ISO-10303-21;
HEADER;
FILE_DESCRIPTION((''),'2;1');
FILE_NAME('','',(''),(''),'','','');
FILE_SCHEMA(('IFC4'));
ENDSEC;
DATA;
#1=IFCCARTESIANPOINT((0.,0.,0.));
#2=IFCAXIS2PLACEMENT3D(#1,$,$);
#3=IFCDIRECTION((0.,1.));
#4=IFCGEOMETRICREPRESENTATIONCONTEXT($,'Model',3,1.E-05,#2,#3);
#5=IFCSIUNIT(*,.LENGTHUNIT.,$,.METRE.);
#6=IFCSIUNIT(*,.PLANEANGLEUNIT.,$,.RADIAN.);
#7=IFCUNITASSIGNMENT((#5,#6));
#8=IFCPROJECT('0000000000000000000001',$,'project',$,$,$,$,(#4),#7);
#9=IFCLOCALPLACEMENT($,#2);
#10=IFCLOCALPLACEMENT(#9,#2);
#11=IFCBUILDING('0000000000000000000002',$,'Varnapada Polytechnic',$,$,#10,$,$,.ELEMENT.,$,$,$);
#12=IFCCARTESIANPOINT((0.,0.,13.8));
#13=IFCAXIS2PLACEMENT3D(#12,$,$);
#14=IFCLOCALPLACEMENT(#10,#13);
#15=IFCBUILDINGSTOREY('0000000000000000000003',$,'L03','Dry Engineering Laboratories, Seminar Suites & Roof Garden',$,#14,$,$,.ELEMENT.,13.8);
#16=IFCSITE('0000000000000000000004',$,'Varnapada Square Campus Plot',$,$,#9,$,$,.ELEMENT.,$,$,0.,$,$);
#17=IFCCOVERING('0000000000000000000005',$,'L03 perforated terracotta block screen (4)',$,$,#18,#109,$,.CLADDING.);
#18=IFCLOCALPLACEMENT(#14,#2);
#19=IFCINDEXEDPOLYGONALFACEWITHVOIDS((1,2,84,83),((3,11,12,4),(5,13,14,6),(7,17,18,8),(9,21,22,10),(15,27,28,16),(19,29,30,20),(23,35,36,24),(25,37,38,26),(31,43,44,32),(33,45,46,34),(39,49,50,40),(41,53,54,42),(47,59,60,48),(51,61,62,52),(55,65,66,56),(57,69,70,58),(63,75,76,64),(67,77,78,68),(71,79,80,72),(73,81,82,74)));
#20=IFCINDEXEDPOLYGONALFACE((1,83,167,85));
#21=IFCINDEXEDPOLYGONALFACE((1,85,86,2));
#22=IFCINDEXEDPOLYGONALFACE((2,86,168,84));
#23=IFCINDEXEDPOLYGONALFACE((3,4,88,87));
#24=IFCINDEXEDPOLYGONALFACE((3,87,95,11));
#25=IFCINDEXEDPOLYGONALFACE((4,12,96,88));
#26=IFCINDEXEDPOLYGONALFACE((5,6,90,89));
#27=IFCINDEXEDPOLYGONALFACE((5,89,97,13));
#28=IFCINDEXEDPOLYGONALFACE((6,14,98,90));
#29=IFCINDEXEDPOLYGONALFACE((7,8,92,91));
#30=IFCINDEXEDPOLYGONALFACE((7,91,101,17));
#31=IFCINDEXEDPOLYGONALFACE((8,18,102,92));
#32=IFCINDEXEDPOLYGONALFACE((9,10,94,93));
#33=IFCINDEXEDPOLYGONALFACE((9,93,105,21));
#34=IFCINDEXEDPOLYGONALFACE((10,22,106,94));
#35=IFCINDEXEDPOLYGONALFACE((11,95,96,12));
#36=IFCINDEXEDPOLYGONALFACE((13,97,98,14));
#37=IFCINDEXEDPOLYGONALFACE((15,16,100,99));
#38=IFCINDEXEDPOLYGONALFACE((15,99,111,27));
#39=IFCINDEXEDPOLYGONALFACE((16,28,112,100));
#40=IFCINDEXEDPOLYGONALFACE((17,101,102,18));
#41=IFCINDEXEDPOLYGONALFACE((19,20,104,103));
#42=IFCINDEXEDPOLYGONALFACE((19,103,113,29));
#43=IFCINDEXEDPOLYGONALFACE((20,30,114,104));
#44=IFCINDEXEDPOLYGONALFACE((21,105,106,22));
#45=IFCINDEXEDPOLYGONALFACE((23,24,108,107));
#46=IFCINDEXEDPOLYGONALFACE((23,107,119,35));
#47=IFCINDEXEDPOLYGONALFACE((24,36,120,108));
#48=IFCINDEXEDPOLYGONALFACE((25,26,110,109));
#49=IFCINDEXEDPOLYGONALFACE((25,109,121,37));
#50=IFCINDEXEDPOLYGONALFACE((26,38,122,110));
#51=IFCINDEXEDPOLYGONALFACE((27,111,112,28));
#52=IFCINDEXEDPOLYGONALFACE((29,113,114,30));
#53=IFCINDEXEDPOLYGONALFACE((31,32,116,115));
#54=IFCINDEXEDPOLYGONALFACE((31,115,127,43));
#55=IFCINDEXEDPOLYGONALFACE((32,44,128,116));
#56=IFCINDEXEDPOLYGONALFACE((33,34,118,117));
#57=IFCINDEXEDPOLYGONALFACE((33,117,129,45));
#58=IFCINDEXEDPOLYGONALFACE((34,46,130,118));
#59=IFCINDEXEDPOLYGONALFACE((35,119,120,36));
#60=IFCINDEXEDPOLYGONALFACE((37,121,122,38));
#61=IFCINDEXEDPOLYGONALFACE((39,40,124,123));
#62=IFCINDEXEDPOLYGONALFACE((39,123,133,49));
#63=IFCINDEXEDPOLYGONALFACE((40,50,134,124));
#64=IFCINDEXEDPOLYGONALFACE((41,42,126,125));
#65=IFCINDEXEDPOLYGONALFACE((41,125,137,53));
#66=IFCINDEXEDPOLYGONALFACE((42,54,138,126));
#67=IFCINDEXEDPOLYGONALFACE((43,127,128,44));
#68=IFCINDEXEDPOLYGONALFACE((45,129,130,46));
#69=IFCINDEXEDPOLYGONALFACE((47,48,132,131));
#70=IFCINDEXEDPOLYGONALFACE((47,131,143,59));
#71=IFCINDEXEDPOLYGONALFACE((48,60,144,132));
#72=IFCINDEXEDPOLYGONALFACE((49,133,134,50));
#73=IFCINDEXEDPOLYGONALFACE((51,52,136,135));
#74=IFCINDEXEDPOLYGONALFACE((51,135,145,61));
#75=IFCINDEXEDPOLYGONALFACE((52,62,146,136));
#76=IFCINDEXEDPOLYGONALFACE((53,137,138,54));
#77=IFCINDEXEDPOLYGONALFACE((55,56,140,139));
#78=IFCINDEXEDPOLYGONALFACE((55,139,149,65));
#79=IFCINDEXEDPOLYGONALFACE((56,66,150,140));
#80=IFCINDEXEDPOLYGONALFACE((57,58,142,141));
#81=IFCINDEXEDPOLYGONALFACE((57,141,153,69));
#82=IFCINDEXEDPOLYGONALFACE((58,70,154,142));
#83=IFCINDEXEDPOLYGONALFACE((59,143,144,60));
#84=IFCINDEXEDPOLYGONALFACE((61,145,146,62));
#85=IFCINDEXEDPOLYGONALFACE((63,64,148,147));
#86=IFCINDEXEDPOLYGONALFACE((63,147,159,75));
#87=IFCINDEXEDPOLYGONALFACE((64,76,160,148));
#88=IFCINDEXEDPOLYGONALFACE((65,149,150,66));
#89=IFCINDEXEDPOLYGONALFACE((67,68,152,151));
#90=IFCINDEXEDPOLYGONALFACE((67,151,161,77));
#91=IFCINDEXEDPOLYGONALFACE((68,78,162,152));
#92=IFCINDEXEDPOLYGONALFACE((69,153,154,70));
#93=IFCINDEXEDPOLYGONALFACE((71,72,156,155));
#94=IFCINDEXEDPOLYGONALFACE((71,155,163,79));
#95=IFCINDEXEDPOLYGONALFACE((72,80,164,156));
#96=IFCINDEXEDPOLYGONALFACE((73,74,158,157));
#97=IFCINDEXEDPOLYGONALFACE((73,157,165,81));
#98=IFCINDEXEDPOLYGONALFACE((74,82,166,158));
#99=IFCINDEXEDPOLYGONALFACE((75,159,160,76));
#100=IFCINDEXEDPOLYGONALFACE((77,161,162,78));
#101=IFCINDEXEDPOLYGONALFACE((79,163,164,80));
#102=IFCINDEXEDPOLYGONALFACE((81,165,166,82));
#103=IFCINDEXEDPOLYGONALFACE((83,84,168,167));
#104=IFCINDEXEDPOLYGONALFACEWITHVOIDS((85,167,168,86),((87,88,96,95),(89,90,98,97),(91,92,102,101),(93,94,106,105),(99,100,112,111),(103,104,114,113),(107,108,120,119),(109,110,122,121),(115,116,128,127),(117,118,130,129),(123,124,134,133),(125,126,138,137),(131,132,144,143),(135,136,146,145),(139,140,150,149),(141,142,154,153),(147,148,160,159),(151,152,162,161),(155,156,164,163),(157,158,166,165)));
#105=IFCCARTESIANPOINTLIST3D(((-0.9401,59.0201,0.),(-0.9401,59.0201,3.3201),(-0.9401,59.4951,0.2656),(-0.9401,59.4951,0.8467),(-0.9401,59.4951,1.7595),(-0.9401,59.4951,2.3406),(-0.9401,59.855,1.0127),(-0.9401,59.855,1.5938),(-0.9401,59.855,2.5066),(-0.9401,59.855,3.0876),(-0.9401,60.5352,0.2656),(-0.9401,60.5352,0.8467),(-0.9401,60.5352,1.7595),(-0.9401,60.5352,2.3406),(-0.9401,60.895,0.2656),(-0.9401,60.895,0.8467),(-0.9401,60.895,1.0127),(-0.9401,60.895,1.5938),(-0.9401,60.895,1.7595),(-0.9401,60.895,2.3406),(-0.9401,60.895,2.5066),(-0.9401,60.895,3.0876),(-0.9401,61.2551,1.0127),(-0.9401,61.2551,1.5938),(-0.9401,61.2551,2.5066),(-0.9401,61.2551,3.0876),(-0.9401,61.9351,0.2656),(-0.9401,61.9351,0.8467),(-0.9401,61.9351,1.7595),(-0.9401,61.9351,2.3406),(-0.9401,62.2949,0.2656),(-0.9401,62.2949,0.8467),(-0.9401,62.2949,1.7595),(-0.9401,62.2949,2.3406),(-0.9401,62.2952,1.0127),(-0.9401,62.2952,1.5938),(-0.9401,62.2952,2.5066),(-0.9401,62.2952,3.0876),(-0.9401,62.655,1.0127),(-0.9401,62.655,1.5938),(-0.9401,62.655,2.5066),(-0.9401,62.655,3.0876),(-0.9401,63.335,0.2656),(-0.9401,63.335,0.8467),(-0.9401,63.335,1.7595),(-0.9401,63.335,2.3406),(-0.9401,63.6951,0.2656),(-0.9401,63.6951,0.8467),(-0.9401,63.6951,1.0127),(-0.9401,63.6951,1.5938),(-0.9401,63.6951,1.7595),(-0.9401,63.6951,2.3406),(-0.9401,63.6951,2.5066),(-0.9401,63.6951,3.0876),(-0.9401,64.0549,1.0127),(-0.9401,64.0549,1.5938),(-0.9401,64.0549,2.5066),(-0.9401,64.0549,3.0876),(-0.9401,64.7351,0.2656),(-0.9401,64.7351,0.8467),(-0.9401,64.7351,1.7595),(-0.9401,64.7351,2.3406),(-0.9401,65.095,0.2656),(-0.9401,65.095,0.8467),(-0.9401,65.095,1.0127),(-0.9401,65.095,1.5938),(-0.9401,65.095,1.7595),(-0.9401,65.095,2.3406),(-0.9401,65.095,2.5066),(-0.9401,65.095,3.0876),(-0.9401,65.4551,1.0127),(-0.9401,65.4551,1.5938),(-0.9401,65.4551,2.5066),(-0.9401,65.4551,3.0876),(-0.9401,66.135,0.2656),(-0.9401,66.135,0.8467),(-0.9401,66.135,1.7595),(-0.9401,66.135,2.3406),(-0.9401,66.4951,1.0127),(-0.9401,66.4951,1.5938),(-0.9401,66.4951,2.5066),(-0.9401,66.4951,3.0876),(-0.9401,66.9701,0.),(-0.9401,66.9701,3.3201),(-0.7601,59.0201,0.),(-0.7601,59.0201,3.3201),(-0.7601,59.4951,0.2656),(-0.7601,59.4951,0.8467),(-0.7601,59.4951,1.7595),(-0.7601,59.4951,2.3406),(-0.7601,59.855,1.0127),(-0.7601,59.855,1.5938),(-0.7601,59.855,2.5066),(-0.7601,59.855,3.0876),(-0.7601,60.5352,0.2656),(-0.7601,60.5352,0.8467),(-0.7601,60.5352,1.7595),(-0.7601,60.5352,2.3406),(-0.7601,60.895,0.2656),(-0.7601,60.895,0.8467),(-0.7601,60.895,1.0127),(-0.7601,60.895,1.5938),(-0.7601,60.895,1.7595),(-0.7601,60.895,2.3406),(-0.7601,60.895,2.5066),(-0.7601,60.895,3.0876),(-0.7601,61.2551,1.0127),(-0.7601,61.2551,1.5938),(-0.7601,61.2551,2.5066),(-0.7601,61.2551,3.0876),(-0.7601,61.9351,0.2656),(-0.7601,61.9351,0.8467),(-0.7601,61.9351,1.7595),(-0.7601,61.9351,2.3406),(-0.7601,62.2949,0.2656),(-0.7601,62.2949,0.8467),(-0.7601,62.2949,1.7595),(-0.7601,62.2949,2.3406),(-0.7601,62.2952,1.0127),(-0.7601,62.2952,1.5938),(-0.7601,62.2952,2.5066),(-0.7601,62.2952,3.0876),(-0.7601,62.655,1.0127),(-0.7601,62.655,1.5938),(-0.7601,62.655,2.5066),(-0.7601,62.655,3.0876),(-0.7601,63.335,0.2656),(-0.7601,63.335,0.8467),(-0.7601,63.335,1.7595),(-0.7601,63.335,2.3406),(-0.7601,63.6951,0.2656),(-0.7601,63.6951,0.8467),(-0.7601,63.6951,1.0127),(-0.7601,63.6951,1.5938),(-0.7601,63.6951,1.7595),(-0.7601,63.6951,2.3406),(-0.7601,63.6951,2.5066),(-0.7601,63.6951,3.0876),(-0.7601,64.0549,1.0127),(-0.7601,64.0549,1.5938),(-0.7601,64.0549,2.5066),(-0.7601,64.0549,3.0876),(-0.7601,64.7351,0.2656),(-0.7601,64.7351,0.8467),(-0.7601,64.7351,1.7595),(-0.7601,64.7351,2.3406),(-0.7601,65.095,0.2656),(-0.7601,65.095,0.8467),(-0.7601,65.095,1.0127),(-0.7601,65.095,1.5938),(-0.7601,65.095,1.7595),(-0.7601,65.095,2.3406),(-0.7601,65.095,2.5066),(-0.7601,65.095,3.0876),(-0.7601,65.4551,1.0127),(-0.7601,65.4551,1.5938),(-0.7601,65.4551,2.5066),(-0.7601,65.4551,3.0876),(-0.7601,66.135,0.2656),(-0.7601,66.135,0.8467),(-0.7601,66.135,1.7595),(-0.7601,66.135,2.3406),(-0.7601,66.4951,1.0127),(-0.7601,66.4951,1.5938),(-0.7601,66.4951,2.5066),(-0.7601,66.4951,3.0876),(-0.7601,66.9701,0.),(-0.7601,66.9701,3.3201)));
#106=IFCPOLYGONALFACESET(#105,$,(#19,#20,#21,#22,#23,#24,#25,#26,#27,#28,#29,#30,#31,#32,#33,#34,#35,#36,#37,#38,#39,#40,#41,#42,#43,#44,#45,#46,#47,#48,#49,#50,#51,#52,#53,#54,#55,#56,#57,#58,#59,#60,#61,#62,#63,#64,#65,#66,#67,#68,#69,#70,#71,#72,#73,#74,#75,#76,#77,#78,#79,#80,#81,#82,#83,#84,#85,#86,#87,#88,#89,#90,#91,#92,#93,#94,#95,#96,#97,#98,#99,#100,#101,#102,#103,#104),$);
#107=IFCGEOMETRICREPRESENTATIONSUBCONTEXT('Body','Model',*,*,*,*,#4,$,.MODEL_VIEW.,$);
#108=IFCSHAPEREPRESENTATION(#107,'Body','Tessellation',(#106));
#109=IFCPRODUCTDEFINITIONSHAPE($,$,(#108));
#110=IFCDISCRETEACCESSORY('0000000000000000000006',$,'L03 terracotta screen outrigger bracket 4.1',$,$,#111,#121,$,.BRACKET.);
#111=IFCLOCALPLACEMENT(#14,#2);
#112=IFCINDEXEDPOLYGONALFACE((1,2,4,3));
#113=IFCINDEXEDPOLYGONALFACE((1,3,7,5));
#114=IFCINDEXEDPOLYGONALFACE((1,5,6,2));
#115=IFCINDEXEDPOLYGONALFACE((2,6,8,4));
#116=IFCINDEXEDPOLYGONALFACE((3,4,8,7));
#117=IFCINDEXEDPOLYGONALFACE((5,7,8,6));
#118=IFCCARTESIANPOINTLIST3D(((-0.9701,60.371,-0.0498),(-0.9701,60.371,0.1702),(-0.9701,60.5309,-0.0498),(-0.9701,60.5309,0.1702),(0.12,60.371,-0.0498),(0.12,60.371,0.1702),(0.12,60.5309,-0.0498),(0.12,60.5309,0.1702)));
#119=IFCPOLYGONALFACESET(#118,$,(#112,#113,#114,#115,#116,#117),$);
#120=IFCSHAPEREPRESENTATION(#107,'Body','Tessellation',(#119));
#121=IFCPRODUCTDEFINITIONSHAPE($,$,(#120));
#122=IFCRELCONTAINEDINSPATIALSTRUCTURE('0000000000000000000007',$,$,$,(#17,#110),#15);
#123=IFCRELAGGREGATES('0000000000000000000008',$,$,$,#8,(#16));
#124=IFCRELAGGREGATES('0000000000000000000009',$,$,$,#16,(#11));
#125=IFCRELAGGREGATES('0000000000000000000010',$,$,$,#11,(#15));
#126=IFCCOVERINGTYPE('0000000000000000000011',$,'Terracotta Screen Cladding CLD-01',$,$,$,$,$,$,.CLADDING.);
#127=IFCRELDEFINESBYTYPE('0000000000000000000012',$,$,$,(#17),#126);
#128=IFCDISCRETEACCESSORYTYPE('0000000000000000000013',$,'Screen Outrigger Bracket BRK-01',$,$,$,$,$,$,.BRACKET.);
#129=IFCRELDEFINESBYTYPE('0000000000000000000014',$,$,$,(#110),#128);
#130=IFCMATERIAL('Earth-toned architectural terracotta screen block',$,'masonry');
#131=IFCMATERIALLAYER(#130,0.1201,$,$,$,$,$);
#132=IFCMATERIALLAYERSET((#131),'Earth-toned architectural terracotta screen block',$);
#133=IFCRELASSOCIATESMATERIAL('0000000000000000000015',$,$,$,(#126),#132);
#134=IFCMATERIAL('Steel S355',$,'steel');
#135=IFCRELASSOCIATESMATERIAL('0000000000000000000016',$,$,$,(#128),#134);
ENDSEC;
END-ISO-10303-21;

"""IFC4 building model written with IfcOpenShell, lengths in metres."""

from ifc_helpers import new_model, si_unit, direction, frame, frame_2d, origin, origin_2d, place, context, subcontext, project, spatial, rectangle, extrude, material, layer, layer_set, type_object, element, save


model = new_model("IFC4")

# Units and contexts
model_context = context("Model", 3, precision=1e-05, world=origin(), true_north=direction((0.0, 1.0)))
body_context = subcontext(model_context, "Body", "Model", "MODEL_VIEW")
ifc_project = project(units=[si_unit("LENGTHUNIT", "METRE"), si_unit("PLANEANGLEUNIT", "RADIAN")], contexts=[model_context])

# Site, building, storey
site_placement = place(None, origin())
site = spatial("IfcSite", under=ifc_project, at=site_placement, Name="Varnapada Square Campus Plot", CompositionType="ELEMENT", RefElevation=0.0)
building_placement = place(site_placement, origin())
building = spatial("IfcBuilding", under=site, at=building_placement, Name="Varnapada Polytechnic", CompositionType="ELEMENT")
storey_placement = place(building_placement, frame((0.0, 0.0, 13.8)))
storey = spatial("IfcBuildingStorey", under=building, at=storey_placement, Name="L03", Description="Dry Engineering Laboratories, Seminar Suites & Roof Garden", CompositionType="ELEMENT", Elevation=13.8)

# Covering, openings
ifc_material_1 = material(Name="Earth-toned architectural terracotta screen block", Category="masonry")
ifc_layer_1 = layer(ifc_material_1, 0.1201)
ifc_layer_set_1 = layer_set([ifc_layer_1], Name="Earth-toned architectural terracotta screen block")
covering_type = type_object("IfcCoveringType", Name="Terracotta Screen Cladding CLD-01", PredefinedType="CLADDING", material=ifc_layer_set_1)
covering_placement = place(storey_placement, frame((-0.8501, 59.02, 0.0), z_axis=(0.0, 0.0, 1.0), x_axis=(0.0, 1.0, 0.0)))
covering = element("IfcCovering", 1, at=covering_placement, inside=storey, type_object=covering_type, Name="L03 perforated terracotta block screen (4)", PredefinedType="CLADDING", context=body_context, shape_type="SweptSolid", body=[
    extrude(rectangle(XDim=7.95, YDim=0.1799, at=frame_2d((3.9751, 0.0))), origin(), (0.0, 0.0, 1.0), 3.3201),
])
opening_1_placement = place(covering_placement, frame((0.4751, 0.0, 0.2656)))
element("IfcOpeningElement", 2, at=opening_1_placement, cuts=covering, PredefinedType="OPENING", context=body_context, shape_type="SweptSolid", body=[
    extrude(rectangle(XDim=1.04, YDim=0.5811, at=frame_2d((0.52, 0.2905))), frame((0.0, 0.0999, 0.0), z_axis=(0.0, -1.0, 0.0), x_axis=(1.0, 0.0, 0.0)), (0.0, 0.0, 1.0), 0.2),
])
opening_2_placement = place(covering_placement, frame((1.875, 0.0, 0.2656)))
element("IfcOpeningElement", 3, at=opening_2_placement, cuts=covering, PredefinedType="OPENING", context=body_context, shape_type="SweptSolid", body=[
    extrude(rectangle(XDim=1.04, YDim=0.5811, at=frame_2d((0.52, 0.2905))), frame((0.0, 0.0999, 0.0), z_axis=(0.0, -1.0, 0.0), x_axis=(1.0, 0.0, 0.0)), (0.0, 0.0, 1.0), 0.2),
])
opening_3_placement = place(covering_placement, frame((3.2749, 0.0, 0.2656)))
element("IfcOpeningElement", 4, at=opening_3_placement, cuts=covering, PredefinedType="OPENING", context=body_context, shape_type="SweptSolid", body=[
    extrude(rectangle(XDim=1.04, YDim=0.5811, at=frame_2d((0.52, 0.2905))), frame((0.0, 0.0999, 0.0), z_axis=(0.0, -1.0, 0.0), x_axis=(1.0, 0.0, 0.0)), (0.0, 0.0, 1.0), 0.2),
])
opening_4_placement = place(covering_placement, frame((4.675, 0.0, 0.2656)))
element("IfcOpeningElement", 5, at=opening_4_placement, cuts=covering, PredefinedType="OPENING", context=body_context, shape_type="SweptSolid", body=[
    extrude(rectangle(XDim=1.04, YDim=0.5811, at=frame_2d((0.52, 0.2905))), frame((0.0, 0.0999, 0.0), z_axis=(0.0, -1.0, 0.0), x_axis=(1.0, 0.0, 0.0)), (0.0, 0.0, 1.0), 0.2),
])
opening_5_placement = place(covering_placement, frame((6.075, 0.0, 0.2656)))
element("IfcOpeningElement", 6, at=opening_5_placement, cuts=covering, PredefinedType="OPENING", context=body_context, shape_type="SweptSolid", body=[
    extrude(rectangle(XDim=1.04, YDim=0.5811, at=frame_2d((0.52, 0.2905))), frame((0.0, 0.0999, 0.0), z_axis=(0.0, -1.0, 0.0), x_axis=(1.0, 0.0, 0.0)), (0.0, 0.0, 1.0), 0.2),
])
opening_6_placement = place(covering_placement, frame((0.835, 0.0, 1.0127)))
element("IfcOpeningElement", 7, at=opening_6_placement, cuts=covering, PredefinedType="OPENING", context=body_context, shape_type="SweptSolid", body=[
    extrude(rectangle(XDim=1.04, YDim=0.5811, at=frame_2d((0.52, 0.2905))), frame((0.0, 0.0999, 0.0), z_axis=(0.0, -1.0, 0.0), x_axis=(1.0, 0.0, 0.0)), (0.0, 0.0, 1.0), 0.2),
])
opening_7_placement = place(covering_placement, frame((2.2351, 0.0, 1.0127)))
element("IfcOpeningElement", 8, at=opening_7_placement, cuts=covering, PredefinedType="OPENING", context=body_context, shape_type="SweptSolid", body=[
    extrude(rectangle(XDim=1.04, YDim=0.5811, at=frame_2d((0.52, 0.2905))), frame((0.0, 0.0999, 0.0), z_axis=(0.0, -1.0, 0.0), x_axis=(1.0, 0.0, 0.0)), (0.0, 0.0, 1.0), 0.2),
])
opening_8_placement = place(covering_placement, frame((3.635, 0.0, 1.0127)))
element("IfcOpeningElement", 9, at=opening_8_placement, cuts=covering, PredefinedType="OPENING", context=body_context, shape_type="SweptSolid", body=[
    extrude(rectangle(XDim=1.04, YDim=0.5811, at=frame_2d((0.52, 0.2905))), frame((0.0, 0.0999, 0.0), z_axis=(0.0, -1.0, 0.0), x_axis=(1.0, 0.0, 0.0)), (0.0, 0.0, 1.0), 0.2),
])
opening_9_placement = place(covering_placement, frame((5.0349, 0.0, 1.0127)))
element("IfcOpeningElement", 10, at=opening_9_placement, cuts=covering, PredefinedType="OPENING", context=body_context, shape_type="SweptSolid", body=[
    extrude(rectangle(XDim=1.04, YDim=0.5811, at=frame_2d((0.52, 0.2905))), frame((0.0, 0.0999, 0.0), z_axis=(0.0, -1.0, 0.0), x_axis=(1.0, 0.0, 0.0)), (0.0, 0.0, 1.0), 0.2),
])
opening_10_placement = place(covering_placement, frame((6.4351, 0.0, 1.0127)))
element("IfcOpeningElement", 11, at=opening_10_placement, cuts=covering, PredefinedType="OPENING", context=body_context, shape_type="SweptSolid", body=[
    extrude(rectangle(XDim=1.04, YDim=0.5811, at=frame_2d((0.52, 0.2905))), frame((0.0, 0.0999, 0.0), z_axis=(0.0, -1.0, 0.0), x_axis=(1.0, 0.0, 0.0)), (0.0, 0.0, 1.0), 0.2),
])
opening_11_placement = place(covering_placement, frame((0.4751, 0.0, 1.7595)))
element("IfcOpeningElement", 12, at=opening_11_placement, cuts=covering, PredefinedType="OPENING", context=body_context, shape_type="SweptSolid", body=[
    extrude(rectangle(XDim=1.04, YDim=0.5811, at=frame_2d((0.52, 0.2905))), frame((0.0, 0.0999, 0.0), z_axis=(0.0, -1.0, 0.0), x_axis=(1.0, 0.0, 0.0)), (0.0, 0.0, 1.0), 0.2),
])
opening_12_placement = place(covering_placement, frame((1.875, 0.0, 1.7595)))
element("IfcOpeningElement", 13, at=opening_12_placement, cuts=covering, PredefinedType="OPENING", context=body_context, shape_type="SweptSolid", body=[
    extrude(rectangle(XDim=1.04, YDim=0.5811, at=frame_2d((0.52, 0.2905))), frame((0.0, 0.0999, 0.0), z_axis=(0.0, -1.0, 0.0), x_axis=(1.0, 0.0, 0.0)), (0.0, 0.0, 1.0), 0.2),
])
opening_13_placement = place(covering_placement, frame((3.2749, 0.0, 1.7595)))
element("IfcOpeningElement", 14, at=opening_13_placement, cuts=covering, PredefinedType="OPENING", context=body_context, shape_type="SweptSolid", body=[
    extrude(rectangle(XDim=1.04, YDim=0.5811, at=frame_2d((0.52, 0.2905))), frame((0.0, 0.0999, 0.0), z_axis=(0.0, -1.0, 0.0), x_axis=(1.0, 0.0, 0.0)), (0.0, 0.0, 1.0), 0.2),
])
opening_14_placement = place(covering_placement, frame((4.675, 0.0, 1.7595)))
element("IfcOpeningElement", 15, at=opening_14_placement, cuts=covering, PredefinedType="OPENING", context=body_context, shape_type="SweptSolid", body=[
    extrude(rectangle(XDim=1.04, YDim=0.5811, at=frame_2d((0.52, 0.2905))), frame((0.0, 0.0999, 0.0), z_axis=(0.0, -1.0, 0.0), x_axis=(1.0, 0.0, 0.0)), (0.0, 0.0, 1.0), 0.2),
])
opening_15_placement = place(covering_placement, frame((6.075, 0.0, 1.7595)))
element("IfcOpeningElement", 16, at=opening_15_placement, cuts=covering, PredefinedType="OPENING", context=body_context, shape_type="SweptSolid", body=[
    extrude(rectangle(XDim=1.04, YDim=0.5811, at=frame_2d((0.52, 0.2905))), frame((0.0, 0.0999, 0.0), z_axis=(0.0, -1.0, 0.0), x_axis=(1.0, 0.0, 0.0)), (0.0, 0.0, 1.0), 0.2),
])
opening_16_placement = place(covering_placement, frame((0.835, 0.0, 2.5066)))
element("IfcOpeningElement", 17, at=opening_16_placement, cuts=covering, PredefinedType="OPENING", context=body_context, shape_type="SweptSolid", body=[
    extrude(rectangle(XDim=1.04, YDim=0.5811, at=frame_2d((0.52, 0.2905))), frame((0.0, 0.0999, 0.0), z_axis=(0.0, -1.0, 0.0), x_axis=(1.0, 0.0, 0.0)), (0.0, 0.0, 1.0), 0.2),
])
opening_17_placement = place(covering_placement, frame((2.2351, 0.0, 2.5066)))
element("IfcOpeningElement", 18, at=opening_17_placement, cuts=covering, PredefinedType="OPENING", context=body_context, shape_type="SweptSolid", body=[
    extrude(rectangle(XDim=1.04, YDim=0.5811, at=frame_2d((0.52, 0.2905))), frame((0.0, 0.0999, 0.0), z_axis=(0.0, -1.0, 0.0), x_axis=(1.0, 0.0, 0.0)), (0.0, 0.0, 1.0), 0.2),
])
opening_18_placement = place(covering_placement, frame((3.635, 0.0, 2.5066)))
element("IfcOpeningElement", 19, at=opening_18_placement, cuts=covering, PredefinedType="OPENING", context=body_context, shape_type="SweptSolid", body=[
    extrude(rectangle(XDim=1.04, YDim=0.5811, at=frame_2d((0.52, 0.2905))), frame((0.0, 0.0999, 0.0), z_axis=(0.0, -1.0, 0.0), x_axis=(1.0, 0.0, 0.0)), (0.0, 0.0, 1.0), 0.2),
])
opening_19_placement = place(covering_placement, frame((5.0349, 0.0, 2.5066)))
element("IfcOpeningElement", 20, at=opening_19_placement, cuts=covering, PredefinedType="OPENING", context=body_context, shape_type="SweptSolid", body=[
    extrude(rectangle(XDim=1.04, YDim=0.5811, at=frame_2d((0.52, 0.2905))), frame((0.0, 0.0999, 0.0), z_axis=(0.0, -1.0, 0.0), x_axis=(1.0, 0.0, 0.0)), (0.0, 0.0, 1.0), 0.2),
])
opening_20_placement = place(covering_placement, frame((6.4351, 0.0, 2.5066)))
element("IfcOpeningElement", 21, at=opening_20_placement, cuts=covering, PredefinedType="OPENING", context=body_context, shape_type="SweptSolid", body=[
    extrude(rectangle(XDim=1.04, YDim=0.5811, at=frame_2d((0.52, 0.2905))), frame((0.0, 0.0999, 0.0), z_axis=(0.0, -1.0, 0.0), x_axis=(1.0, 0.0, 0.0)), (0.0, 0.0, 1.0), 0.2),
])

# Discrete accessory
ifc_material_2 = material(Name="Steel S355", Category="steel")
discrete_accessory_type = type_object("IfcDiscreteAccessoryType", Name="Screen Outrigger Bracket BRK-01", PredefinedType="BRACKET", material=ifc_material_2)
discrete_accessory_placement = place(storey_placement, frame((-0.425, 60.4509, -0.0498), z_axis=(0.0, 0.0, 1.0), x_axis=(0.0, 1.0, 0.0)))
element("IfcDiscreteAccessory", 22, at=discrete_accessory_placement, inside=storey, type_object=discrete_accessory_type, Name="L03 terracotta screen outrigger bracket 4.1", PredefinedType="BRACKET", context=body_context, shape_type="SweptSolid", body=[
    extrude(rectangle(XDim=0.1599, YDim=1.0901, at=origin_2d()), origin(), (0.0, 0.0, 1.0), 0.22),
])

save(model, "model.ifc")
